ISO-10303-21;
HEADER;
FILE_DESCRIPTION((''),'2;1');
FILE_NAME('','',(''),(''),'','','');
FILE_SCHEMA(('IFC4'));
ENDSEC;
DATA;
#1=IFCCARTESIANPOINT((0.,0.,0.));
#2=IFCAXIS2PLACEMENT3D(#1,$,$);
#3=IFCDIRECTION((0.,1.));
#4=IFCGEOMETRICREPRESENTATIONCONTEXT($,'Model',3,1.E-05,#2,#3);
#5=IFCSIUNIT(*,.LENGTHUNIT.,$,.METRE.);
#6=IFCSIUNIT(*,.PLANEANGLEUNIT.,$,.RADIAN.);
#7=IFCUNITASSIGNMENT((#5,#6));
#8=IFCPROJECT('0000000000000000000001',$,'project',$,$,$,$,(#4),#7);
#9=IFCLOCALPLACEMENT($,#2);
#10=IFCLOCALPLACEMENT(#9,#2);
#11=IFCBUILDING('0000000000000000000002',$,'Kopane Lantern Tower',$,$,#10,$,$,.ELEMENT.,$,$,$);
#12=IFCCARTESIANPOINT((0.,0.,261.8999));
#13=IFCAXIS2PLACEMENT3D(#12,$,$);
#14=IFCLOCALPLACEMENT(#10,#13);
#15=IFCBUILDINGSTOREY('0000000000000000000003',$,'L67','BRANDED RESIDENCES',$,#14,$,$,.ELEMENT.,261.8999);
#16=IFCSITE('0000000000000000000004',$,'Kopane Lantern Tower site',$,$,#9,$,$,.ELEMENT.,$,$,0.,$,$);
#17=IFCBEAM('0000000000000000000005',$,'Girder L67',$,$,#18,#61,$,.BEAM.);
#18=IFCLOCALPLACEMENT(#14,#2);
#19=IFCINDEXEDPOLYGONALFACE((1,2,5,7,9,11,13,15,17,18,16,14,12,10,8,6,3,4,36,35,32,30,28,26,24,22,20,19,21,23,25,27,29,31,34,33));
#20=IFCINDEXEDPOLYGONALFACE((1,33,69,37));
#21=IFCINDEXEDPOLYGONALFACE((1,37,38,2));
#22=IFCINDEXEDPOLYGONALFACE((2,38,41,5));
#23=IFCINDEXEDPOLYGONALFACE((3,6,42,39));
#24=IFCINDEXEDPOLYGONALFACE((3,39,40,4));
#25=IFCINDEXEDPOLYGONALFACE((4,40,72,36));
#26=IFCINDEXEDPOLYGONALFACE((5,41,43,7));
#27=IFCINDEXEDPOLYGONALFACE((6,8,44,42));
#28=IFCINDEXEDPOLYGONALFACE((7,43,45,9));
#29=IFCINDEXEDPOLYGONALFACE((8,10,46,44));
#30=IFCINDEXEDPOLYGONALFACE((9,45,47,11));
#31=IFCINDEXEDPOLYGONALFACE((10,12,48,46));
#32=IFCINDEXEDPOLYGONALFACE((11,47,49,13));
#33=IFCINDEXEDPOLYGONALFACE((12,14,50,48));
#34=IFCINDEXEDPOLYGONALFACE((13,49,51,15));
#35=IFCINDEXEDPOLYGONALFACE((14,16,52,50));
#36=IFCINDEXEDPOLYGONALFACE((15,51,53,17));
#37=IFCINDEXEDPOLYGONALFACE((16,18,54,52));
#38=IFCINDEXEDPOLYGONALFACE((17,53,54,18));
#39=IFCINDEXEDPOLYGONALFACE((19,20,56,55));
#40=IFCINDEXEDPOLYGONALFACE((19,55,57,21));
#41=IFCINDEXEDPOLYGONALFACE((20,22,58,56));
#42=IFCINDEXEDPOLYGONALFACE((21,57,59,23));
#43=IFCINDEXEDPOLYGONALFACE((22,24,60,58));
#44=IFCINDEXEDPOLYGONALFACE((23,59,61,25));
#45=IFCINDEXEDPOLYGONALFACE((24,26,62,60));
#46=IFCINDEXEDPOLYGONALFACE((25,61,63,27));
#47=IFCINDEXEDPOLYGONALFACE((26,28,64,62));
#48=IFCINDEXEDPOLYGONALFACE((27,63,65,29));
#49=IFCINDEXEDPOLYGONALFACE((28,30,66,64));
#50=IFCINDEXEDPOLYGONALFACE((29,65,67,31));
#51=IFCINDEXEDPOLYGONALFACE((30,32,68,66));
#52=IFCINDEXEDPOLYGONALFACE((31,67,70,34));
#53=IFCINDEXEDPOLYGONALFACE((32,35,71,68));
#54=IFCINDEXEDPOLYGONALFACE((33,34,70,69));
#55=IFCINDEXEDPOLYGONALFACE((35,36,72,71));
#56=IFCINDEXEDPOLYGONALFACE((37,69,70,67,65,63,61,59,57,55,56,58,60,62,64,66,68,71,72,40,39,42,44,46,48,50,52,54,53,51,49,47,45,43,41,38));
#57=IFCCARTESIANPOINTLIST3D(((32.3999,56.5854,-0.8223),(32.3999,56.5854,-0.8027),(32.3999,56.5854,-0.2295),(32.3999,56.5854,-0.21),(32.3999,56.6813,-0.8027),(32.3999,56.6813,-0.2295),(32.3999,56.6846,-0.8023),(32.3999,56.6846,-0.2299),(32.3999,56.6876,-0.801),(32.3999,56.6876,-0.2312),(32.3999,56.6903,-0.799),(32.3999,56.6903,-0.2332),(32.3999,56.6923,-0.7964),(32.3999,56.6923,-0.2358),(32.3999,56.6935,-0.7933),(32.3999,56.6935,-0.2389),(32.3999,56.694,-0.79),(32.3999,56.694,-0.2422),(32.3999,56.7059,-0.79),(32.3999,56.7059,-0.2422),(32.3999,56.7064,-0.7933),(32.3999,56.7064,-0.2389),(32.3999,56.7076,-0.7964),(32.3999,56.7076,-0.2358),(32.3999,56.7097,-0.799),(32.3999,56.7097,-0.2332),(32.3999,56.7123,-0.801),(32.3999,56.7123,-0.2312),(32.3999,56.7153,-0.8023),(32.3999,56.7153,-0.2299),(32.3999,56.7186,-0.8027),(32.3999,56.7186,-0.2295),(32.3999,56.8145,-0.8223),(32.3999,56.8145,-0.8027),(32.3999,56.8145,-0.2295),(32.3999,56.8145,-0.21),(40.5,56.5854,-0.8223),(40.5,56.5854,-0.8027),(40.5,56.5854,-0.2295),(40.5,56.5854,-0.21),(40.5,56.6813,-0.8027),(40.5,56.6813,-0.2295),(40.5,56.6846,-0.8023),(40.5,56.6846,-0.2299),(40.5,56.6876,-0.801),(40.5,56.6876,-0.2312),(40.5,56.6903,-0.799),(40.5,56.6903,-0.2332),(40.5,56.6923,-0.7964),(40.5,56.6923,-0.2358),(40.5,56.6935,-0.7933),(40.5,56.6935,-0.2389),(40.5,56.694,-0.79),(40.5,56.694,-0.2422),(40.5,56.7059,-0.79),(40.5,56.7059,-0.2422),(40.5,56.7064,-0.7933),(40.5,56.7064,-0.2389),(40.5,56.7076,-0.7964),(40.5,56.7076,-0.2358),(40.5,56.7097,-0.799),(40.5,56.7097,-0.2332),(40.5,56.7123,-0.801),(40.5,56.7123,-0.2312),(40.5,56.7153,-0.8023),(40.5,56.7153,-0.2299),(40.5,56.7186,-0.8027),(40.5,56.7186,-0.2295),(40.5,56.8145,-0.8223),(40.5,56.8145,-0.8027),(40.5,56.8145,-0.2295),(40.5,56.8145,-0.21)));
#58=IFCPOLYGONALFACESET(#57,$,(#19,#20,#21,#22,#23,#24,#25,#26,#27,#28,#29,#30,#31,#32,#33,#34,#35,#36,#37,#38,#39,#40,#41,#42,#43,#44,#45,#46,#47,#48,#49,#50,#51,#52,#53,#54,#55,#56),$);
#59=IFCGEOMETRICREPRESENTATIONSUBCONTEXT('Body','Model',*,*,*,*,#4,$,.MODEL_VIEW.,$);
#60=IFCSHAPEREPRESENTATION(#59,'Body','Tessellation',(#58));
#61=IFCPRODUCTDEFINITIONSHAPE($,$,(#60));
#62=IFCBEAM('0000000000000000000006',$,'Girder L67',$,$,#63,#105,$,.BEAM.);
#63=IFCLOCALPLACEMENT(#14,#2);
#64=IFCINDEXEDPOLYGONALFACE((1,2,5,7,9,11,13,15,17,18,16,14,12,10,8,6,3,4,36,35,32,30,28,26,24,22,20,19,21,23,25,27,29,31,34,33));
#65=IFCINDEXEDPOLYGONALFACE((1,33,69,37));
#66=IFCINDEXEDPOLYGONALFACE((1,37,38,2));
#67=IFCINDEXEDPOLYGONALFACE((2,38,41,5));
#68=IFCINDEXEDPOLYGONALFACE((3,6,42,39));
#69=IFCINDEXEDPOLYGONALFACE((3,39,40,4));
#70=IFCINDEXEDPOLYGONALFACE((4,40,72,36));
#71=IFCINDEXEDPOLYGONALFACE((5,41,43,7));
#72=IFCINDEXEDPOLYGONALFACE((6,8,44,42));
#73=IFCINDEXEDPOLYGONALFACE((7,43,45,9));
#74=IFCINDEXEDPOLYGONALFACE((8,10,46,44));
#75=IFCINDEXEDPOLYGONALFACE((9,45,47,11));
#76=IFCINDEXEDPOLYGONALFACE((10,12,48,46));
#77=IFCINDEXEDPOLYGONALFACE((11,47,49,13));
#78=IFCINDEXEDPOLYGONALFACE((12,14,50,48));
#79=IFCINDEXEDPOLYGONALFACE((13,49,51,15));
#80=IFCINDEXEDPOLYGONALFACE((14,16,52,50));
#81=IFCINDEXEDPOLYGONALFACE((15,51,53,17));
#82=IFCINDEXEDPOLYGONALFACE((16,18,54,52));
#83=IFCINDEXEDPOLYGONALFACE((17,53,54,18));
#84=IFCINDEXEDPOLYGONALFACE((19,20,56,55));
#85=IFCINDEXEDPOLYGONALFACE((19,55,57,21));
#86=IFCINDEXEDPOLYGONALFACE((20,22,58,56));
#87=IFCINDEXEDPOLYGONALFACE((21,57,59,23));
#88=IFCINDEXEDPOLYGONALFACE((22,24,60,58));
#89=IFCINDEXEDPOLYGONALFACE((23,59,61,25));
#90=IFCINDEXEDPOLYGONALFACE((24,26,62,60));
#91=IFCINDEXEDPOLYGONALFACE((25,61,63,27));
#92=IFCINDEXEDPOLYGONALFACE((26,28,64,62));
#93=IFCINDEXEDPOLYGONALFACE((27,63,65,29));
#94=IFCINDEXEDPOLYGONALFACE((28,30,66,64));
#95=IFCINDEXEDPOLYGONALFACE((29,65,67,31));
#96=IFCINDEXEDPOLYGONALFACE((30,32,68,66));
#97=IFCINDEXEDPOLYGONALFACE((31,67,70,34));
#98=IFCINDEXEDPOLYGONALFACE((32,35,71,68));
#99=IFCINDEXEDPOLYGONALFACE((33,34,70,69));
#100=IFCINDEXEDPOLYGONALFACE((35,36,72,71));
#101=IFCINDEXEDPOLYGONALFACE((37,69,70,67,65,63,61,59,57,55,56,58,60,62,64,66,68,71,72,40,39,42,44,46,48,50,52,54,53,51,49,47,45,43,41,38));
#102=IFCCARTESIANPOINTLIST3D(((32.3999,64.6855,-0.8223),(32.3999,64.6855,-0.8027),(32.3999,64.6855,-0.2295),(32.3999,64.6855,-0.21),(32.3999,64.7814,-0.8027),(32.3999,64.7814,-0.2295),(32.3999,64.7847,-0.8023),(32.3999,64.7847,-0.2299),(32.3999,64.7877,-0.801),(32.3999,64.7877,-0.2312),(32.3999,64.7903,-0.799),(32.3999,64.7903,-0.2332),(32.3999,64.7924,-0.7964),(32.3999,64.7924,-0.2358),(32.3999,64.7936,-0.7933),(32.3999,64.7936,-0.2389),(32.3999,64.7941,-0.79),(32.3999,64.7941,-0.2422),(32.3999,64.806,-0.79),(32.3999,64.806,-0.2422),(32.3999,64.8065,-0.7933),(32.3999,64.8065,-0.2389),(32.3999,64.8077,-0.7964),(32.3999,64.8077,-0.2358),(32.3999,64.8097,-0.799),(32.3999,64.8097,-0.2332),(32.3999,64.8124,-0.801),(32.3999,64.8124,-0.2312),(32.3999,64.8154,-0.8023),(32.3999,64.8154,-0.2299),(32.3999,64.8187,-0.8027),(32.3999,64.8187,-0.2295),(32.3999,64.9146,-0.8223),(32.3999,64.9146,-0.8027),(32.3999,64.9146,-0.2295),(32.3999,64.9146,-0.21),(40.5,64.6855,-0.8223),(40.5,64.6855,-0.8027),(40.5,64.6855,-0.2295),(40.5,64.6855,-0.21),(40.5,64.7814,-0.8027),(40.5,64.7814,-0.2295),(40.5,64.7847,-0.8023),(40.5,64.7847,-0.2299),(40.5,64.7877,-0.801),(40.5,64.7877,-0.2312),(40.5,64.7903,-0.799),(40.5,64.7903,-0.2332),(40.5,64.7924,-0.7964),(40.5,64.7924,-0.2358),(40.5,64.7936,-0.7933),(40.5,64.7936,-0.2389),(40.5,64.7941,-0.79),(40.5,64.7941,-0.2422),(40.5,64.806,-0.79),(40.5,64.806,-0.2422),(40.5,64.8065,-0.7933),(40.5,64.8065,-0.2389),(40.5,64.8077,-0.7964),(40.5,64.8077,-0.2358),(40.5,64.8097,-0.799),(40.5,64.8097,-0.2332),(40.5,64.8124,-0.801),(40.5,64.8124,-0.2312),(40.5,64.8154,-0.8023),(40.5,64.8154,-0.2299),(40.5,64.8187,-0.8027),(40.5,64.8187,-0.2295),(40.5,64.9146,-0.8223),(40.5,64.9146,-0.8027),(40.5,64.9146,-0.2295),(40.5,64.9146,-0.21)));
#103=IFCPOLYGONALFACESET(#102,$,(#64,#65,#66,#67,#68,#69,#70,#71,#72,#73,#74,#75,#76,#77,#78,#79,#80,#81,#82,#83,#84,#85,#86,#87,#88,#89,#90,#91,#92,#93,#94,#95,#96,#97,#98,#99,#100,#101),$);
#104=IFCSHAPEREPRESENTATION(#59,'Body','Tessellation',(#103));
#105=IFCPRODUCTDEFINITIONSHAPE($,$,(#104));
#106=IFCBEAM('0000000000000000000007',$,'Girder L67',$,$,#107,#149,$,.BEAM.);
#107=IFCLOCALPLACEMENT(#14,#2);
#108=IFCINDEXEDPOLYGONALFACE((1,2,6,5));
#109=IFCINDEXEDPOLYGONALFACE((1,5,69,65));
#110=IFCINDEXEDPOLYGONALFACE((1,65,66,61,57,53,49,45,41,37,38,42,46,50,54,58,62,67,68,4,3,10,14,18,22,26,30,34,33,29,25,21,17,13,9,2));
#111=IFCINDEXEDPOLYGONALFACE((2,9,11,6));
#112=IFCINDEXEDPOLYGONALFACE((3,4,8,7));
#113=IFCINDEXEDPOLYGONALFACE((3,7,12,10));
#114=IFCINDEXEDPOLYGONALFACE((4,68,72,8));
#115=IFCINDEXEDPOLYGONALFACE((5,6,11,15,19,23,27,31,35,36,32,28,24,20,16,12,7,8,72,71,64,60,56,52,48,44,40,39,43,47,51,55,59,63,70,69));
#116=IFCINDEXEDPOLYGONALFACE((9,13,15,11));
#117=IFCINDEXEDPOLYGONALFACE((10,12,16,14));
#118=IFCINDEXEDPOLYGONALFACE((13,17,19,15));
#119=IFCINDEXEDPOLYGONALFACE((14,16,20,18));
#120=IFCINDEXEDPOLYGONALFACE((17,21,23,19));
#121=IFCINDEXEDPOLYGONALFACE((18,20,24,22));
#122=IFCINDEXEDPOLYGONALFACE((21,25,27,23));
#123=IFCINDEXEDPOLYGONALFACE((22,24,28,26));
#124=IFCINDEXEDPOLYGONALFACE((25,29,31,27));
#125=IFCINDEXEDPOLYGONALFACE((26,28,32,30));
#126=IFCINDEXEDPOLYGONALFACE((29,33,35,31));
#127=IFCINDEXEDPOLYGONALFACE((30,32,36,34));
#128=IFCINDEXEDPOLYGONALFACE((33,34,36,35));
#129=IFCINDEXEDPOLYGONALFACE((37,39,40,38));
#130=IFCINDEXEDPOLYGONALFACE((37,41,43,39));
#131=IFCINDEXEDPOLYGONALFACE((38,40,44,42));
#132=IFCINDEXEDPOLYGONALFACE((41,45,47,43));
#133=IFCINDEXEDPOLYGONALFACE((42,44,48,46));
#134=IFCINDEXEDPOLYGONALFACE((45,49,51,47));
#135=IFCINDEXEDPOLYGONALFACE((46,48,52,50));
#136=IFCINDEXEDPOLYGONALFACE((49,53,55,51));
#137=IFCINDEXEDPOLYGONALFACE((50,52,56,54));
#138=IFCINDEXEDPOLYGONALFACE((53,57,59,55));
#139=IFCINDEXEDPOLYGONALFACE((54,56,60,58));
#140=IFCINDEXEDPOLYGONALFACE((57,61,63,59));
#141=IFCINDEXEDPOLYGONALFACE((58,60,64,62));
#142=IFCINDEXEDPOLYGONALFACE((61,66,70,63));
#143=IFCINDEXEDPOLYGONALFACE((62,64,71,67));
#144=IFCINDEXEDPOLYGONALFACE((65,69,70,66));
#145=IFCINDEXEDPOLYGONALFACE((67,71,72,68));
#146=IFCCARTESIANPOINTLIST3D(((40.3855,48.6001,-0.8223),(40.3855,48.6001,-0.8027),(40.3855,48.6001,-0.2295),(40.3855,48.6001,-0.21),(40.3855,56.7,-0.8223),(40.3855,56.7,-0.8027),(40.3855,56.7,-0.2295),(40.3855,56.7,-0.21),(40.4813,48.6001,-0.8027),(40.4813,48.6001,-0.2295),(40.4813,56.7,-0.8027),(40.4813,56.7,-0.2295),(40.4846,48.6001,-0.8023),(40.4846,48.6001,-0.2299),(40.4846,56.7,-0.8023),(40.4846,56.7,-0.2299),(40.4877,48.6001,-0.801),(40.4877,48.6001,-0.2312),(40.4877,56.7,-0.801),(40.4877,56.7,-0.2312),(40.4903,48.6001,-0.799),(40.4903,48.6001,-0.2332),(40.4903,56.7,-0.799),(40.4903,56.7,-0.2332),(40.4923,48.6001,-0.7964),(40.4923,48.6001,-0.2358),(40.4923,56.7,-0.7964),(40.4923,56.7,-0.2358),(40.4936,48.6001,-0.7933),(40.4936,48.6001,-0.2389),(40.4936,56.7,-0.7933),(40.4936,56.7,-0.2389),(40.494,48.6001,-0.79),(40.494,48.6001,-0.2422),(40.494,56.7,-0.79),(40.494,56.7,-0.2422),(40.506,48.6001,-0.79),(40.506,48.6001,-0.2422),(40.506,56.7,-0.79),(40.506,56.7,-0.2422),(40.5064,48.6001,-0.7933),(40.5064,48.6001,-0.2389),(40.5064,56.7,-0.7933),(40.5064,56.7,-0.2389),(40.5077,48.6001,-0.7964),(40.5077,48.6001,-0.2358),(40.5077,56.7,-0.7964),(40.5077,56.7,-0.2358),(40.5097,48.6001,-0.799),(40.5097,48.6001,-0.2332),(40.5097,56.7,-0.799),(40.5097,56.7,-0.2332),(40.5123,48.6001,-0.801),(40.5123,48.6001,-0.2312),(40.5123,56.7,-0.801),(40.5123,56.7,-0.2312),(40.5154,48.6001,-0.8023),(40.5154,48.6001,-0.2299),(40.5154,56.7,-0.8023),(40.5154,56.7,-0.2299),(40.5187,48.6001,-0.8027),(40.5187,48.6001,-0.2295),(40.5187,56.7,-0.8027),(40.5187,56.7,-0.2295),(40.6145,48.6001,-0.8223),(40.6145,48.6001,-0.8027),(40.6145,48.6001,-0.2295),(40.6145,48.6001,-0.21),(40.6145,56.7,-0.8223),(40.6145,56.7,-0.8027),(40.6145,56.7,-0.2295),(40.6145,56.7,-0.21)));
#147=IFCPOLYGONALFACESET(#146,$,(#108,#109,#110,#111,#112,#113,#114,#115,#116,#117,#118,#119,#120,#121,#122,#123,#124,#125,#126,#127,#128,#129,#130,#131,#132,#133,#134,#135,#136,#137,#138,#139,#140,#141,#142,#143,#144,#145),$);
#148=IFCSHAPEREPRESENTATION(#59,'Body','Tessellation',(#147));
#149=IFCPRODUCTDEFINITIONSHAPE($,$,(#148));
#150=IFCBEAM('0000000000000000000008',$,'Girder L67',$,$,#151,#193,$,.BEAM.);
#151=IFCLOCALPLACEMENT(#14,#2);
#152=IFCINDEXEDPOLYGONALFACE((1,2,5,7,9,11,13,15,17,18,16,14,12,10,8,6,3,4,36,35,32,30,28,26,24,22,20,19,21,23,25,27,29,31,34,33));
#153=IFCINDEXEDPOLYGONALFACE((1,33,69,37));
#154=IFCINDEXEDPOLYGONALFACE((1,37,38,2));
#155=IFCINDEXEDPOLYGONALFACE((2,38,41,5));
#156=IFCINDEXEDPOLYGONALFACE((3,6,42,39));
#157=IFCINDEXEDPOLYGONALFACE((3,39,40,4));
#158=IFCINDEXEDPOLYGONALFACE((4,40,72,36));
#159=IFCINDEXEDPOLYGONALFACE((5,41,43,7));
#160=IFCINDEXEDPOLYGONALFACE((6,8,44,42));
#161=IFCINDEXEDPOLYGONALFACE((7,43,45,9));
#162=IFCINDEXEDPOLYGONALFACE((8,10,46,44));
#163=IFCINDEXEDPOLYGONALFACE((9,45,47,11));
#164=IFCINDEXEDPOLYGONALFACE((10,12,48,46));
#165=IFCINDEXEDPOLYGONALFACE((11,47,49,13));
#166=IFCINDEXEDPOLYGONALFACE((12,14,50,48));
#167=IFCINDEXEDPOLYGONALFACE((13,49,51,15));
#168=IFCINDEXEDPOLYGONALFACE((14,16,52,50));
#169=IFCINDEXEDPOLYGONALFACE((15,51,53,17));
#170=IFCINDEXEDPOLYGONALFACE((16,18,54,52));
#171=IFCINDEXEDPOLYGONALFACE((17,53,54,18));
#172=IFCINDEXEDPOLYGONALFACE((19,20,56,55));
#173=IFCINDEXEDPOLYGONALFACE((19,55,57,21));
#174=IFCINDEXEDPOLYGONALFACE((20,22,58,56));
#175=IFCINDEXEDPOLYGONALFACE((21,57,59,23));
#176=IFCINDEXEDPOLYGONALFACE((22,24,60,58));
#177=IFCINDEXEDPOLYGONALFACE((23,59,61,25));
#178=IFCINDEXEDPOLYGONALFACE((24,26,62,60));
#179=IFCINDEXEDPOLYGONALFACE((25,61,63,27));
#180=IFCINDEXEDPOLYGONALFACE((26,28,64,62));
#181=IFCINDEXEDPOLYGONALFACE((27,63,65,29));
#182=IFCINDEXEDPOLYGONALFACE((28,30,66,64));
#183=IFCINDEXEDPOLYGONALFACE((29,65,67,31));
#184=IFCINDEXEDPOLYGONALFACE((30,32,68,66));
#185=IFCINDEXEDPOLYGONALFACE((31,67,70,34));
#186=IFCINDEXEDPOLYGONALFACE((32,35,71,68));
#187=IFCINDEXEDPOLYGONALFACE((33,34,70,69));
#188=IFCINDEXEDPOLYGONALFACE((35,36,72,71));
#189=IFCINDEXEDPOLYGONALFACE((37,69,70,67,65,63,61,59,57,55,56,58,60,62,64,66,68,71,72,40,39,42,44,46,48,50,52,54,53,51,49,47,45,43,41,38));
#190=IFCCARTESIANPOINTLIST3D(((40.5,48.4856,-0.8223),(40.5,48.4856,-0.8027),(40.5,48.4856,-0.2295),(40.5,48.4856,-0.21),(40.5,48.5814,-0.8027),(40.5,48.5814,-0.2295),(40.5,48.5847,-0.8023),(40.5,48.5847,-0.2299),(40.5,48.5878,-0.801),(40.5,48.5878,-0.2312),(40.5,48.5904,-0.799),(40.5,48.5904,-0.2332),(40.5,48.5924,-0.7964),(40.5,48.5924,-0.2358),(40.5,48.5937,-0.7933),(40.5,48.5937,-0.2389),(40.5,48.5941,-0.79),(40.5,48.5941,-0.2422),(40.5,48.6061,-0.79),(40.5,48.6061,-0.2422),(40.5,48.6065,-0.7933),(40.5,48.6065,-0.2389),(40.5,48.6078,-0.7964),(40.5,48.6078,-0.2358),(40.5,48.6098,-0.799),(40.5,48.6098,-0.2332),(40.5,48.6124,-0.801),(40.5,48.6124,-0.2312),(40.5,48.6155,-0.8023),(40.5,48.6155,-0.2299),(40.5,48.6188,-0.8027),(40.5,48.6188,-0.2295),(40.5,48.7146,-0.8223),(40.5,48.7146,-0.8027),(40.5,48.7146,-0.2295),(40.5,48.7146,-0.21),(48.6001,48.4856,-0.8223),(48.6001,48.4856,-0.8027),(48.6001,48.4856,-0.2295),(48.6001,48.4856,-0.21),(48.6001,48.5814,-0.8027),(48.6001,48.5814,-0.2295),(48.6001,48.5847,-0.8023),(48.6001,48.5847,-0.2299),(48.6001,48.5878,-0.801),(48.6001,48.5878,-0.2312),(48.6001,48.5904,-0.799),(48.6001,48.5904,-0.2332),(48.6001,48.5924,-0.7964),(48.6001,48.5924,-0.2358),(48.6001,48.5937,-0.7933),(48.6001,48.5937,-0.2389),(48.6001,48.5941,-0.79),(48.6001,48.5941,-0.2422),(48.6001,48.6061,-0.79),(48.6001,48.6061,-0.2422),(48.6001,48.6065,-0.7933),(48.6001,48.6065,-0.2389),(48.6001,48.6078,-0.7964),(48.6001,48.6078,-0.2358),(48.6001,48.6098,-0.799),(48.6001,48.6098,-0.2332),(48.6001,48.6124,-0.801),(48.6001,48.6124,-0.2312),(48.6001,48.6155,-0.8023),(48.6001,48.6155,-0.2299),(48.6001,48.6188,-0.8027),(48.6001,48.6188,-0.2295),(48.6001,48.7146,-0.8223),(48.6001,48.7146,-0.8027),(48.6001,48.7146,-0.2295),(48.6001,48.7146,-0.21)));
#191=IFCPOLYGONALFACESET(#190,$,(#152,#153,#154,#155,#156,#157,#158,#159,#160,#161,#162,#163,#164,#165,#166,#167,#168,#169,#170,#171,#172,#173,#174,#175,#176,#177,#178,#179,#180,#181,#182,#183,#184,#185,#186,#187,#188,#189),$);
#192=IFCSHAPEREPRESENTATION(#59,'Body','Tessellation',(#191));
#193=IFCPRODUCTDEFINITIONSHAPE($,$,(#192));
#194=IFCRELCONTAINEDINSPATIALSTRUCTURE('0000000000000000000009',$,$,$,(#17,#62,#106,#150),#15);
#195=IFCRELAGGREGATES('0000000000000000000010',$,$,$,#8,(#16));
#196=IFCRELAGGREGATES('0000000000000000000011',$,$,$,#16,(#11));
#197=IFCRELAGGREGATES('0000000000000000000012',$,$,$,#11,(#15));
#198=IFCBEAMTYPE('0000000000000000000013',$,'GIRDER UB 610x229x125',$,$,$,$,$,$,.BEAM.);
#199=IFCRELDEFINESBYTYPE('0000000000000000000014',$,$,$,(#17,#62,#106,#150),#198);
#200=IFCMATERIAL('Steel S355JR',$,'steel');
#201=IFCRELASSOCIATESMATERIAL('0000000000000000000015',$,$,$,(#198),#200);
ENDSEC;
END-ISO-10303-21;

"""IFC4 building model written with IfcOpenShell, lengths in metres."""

from ifc_helpers import new_model, si_unit, direction, frame, origin, origin_2d, place, context, subcontext, project, spatial, i_section, extrude, material, material_profile, profile_set, type_object, element, save


model = new_model("IFC4")

# Units and contexts
model_context = context("Model", 3, precision=1e-05, world=origin(), true_north=direction((0.0, 1.0)))
body_context = subcontext(model_context, "Body", "Model", "MODEL_VIEW")
ifc_project = project(units=[si_unit("LENGTHUNIT", "METRE"), si_unit("PLANEANGLEUNIT", "RADIAN")], contexts=[model_context])

# Site, building, storey
site_placement = place(None, origin())
site = spatial("IfcSite", under=ifc_project, at=site_placement, Name="Kopane Lantern Tower site", CompositionType="ELEMENT", RefElevation=0.0)
building_placement = place(site_placement, origin())
building = spatial("IfcBuilding", under=site, at=building_placement, Name="Kopane Lantern Tower", CompositionType="ELEMENT")
storey_placement = place(building_placement, frame((0.0, 0.0, 261.8999)))
storey = spatial("IfcBuildingStorey", under=building, at=storey_placement, Name="L67", Description="BRANDED RESIDENCES", CompositionType="ELEMENT", Elevation=261.8999)

# Beams
ifc_material_1 = material(Name="Steel S355JR", Category="steel")
ifc_material_profile_1 = material_profile(ifc_material_1, i_section(OverallWidth=0.229, OverallDepth=0.6123, WebThickness=0.012, FlangeThickness=0.0195, FilletRadius=0.0127, at=origin_2d()), Name="UB 610x229x125")
ifc_profile_set_1 = profile_set([ifc_material_profile_1], Name="Steel S355JR")
beam_type = type_object("IfcBeamType", Name="GIRDER UB 610x229x125", PredefinedType="BEAM", material=ifc_profile_set_1)
for number, where, z_axis, x_axis, name in (
    (1, (32.3999, 56.7, -0.5161), (1.0, 0.0, 0.0), (0.0, 1.0, 0.0), "Girder L67"),
    (2, (32.3999, 64.8, -0.5161), (1.0, 0.0, 0.0), (0.0, 1.0, 0.0), "Girder L67"),
):
    element("IfcBeam", number, at=place(storey_placement, frame(where, z_axis=z_axis, x_axis=x_axis)), inside=storey, type_object=beam_type, Name=name, PredefinedType="BEAM", context=body_context, shape_type="SweptSolid", body=[
        extrude(i_section(OverallWidth=0.229, OverallDepth=0.6123, WebThickness=0.012, FlangeThickness=0.0195, FilletRadius=0.0127, at=origin_2d()), origin(), (0.0, 0.0, 1.0), 8.1001),
    ])
beam_1_placement = place(storey_placement, frame((40.5, 48.6001, -0.5161), z_axis=(0.0, 1.0, 0.0), x_axis=(-1.0, 0.0, 0.0)))
element("IfcBeam", 3, at=beam_1_placement, inside=storey, type_object=beam_type, Name="Girder L67", PredefinedType="BEAM", context=body_context, shape_type="SweptSolid", body=[
    extrude(i_section(OverallWidth=0.229, OverallDepth=0.6123, WebThickness=0.012, FlangeThickness=0.0195, FilletRadius=0.0127, at=origin_2d()), origin(), (0.0, 0.0, 1.0), 8.0999),
])
beam_2_placement = place(storey_placement, frame((40.5, 48.6001, -0.5161), z_axis=(1.0, 0.0, 0.0), x_axis=(0.0, 1.0, 0.0)))
element("IfcBeam", 4, at=beam_2_placement, inside=storey, type_object=beam_type, Name="Girder L67", PredefinedType="BEAM", context=body_context, shape_type="SweptSolid", body=[
    extrude(i_section(OverallWidth=0.229, OverallDepth=0.6123, WebThickness=0.012, FlangeThickness=0.0195, FilletRadius=0.0127, at=origin_2d()), origin(), (0.0, 0.0, 1.0), 8.1001),
])

save(model, "model.ifc")
